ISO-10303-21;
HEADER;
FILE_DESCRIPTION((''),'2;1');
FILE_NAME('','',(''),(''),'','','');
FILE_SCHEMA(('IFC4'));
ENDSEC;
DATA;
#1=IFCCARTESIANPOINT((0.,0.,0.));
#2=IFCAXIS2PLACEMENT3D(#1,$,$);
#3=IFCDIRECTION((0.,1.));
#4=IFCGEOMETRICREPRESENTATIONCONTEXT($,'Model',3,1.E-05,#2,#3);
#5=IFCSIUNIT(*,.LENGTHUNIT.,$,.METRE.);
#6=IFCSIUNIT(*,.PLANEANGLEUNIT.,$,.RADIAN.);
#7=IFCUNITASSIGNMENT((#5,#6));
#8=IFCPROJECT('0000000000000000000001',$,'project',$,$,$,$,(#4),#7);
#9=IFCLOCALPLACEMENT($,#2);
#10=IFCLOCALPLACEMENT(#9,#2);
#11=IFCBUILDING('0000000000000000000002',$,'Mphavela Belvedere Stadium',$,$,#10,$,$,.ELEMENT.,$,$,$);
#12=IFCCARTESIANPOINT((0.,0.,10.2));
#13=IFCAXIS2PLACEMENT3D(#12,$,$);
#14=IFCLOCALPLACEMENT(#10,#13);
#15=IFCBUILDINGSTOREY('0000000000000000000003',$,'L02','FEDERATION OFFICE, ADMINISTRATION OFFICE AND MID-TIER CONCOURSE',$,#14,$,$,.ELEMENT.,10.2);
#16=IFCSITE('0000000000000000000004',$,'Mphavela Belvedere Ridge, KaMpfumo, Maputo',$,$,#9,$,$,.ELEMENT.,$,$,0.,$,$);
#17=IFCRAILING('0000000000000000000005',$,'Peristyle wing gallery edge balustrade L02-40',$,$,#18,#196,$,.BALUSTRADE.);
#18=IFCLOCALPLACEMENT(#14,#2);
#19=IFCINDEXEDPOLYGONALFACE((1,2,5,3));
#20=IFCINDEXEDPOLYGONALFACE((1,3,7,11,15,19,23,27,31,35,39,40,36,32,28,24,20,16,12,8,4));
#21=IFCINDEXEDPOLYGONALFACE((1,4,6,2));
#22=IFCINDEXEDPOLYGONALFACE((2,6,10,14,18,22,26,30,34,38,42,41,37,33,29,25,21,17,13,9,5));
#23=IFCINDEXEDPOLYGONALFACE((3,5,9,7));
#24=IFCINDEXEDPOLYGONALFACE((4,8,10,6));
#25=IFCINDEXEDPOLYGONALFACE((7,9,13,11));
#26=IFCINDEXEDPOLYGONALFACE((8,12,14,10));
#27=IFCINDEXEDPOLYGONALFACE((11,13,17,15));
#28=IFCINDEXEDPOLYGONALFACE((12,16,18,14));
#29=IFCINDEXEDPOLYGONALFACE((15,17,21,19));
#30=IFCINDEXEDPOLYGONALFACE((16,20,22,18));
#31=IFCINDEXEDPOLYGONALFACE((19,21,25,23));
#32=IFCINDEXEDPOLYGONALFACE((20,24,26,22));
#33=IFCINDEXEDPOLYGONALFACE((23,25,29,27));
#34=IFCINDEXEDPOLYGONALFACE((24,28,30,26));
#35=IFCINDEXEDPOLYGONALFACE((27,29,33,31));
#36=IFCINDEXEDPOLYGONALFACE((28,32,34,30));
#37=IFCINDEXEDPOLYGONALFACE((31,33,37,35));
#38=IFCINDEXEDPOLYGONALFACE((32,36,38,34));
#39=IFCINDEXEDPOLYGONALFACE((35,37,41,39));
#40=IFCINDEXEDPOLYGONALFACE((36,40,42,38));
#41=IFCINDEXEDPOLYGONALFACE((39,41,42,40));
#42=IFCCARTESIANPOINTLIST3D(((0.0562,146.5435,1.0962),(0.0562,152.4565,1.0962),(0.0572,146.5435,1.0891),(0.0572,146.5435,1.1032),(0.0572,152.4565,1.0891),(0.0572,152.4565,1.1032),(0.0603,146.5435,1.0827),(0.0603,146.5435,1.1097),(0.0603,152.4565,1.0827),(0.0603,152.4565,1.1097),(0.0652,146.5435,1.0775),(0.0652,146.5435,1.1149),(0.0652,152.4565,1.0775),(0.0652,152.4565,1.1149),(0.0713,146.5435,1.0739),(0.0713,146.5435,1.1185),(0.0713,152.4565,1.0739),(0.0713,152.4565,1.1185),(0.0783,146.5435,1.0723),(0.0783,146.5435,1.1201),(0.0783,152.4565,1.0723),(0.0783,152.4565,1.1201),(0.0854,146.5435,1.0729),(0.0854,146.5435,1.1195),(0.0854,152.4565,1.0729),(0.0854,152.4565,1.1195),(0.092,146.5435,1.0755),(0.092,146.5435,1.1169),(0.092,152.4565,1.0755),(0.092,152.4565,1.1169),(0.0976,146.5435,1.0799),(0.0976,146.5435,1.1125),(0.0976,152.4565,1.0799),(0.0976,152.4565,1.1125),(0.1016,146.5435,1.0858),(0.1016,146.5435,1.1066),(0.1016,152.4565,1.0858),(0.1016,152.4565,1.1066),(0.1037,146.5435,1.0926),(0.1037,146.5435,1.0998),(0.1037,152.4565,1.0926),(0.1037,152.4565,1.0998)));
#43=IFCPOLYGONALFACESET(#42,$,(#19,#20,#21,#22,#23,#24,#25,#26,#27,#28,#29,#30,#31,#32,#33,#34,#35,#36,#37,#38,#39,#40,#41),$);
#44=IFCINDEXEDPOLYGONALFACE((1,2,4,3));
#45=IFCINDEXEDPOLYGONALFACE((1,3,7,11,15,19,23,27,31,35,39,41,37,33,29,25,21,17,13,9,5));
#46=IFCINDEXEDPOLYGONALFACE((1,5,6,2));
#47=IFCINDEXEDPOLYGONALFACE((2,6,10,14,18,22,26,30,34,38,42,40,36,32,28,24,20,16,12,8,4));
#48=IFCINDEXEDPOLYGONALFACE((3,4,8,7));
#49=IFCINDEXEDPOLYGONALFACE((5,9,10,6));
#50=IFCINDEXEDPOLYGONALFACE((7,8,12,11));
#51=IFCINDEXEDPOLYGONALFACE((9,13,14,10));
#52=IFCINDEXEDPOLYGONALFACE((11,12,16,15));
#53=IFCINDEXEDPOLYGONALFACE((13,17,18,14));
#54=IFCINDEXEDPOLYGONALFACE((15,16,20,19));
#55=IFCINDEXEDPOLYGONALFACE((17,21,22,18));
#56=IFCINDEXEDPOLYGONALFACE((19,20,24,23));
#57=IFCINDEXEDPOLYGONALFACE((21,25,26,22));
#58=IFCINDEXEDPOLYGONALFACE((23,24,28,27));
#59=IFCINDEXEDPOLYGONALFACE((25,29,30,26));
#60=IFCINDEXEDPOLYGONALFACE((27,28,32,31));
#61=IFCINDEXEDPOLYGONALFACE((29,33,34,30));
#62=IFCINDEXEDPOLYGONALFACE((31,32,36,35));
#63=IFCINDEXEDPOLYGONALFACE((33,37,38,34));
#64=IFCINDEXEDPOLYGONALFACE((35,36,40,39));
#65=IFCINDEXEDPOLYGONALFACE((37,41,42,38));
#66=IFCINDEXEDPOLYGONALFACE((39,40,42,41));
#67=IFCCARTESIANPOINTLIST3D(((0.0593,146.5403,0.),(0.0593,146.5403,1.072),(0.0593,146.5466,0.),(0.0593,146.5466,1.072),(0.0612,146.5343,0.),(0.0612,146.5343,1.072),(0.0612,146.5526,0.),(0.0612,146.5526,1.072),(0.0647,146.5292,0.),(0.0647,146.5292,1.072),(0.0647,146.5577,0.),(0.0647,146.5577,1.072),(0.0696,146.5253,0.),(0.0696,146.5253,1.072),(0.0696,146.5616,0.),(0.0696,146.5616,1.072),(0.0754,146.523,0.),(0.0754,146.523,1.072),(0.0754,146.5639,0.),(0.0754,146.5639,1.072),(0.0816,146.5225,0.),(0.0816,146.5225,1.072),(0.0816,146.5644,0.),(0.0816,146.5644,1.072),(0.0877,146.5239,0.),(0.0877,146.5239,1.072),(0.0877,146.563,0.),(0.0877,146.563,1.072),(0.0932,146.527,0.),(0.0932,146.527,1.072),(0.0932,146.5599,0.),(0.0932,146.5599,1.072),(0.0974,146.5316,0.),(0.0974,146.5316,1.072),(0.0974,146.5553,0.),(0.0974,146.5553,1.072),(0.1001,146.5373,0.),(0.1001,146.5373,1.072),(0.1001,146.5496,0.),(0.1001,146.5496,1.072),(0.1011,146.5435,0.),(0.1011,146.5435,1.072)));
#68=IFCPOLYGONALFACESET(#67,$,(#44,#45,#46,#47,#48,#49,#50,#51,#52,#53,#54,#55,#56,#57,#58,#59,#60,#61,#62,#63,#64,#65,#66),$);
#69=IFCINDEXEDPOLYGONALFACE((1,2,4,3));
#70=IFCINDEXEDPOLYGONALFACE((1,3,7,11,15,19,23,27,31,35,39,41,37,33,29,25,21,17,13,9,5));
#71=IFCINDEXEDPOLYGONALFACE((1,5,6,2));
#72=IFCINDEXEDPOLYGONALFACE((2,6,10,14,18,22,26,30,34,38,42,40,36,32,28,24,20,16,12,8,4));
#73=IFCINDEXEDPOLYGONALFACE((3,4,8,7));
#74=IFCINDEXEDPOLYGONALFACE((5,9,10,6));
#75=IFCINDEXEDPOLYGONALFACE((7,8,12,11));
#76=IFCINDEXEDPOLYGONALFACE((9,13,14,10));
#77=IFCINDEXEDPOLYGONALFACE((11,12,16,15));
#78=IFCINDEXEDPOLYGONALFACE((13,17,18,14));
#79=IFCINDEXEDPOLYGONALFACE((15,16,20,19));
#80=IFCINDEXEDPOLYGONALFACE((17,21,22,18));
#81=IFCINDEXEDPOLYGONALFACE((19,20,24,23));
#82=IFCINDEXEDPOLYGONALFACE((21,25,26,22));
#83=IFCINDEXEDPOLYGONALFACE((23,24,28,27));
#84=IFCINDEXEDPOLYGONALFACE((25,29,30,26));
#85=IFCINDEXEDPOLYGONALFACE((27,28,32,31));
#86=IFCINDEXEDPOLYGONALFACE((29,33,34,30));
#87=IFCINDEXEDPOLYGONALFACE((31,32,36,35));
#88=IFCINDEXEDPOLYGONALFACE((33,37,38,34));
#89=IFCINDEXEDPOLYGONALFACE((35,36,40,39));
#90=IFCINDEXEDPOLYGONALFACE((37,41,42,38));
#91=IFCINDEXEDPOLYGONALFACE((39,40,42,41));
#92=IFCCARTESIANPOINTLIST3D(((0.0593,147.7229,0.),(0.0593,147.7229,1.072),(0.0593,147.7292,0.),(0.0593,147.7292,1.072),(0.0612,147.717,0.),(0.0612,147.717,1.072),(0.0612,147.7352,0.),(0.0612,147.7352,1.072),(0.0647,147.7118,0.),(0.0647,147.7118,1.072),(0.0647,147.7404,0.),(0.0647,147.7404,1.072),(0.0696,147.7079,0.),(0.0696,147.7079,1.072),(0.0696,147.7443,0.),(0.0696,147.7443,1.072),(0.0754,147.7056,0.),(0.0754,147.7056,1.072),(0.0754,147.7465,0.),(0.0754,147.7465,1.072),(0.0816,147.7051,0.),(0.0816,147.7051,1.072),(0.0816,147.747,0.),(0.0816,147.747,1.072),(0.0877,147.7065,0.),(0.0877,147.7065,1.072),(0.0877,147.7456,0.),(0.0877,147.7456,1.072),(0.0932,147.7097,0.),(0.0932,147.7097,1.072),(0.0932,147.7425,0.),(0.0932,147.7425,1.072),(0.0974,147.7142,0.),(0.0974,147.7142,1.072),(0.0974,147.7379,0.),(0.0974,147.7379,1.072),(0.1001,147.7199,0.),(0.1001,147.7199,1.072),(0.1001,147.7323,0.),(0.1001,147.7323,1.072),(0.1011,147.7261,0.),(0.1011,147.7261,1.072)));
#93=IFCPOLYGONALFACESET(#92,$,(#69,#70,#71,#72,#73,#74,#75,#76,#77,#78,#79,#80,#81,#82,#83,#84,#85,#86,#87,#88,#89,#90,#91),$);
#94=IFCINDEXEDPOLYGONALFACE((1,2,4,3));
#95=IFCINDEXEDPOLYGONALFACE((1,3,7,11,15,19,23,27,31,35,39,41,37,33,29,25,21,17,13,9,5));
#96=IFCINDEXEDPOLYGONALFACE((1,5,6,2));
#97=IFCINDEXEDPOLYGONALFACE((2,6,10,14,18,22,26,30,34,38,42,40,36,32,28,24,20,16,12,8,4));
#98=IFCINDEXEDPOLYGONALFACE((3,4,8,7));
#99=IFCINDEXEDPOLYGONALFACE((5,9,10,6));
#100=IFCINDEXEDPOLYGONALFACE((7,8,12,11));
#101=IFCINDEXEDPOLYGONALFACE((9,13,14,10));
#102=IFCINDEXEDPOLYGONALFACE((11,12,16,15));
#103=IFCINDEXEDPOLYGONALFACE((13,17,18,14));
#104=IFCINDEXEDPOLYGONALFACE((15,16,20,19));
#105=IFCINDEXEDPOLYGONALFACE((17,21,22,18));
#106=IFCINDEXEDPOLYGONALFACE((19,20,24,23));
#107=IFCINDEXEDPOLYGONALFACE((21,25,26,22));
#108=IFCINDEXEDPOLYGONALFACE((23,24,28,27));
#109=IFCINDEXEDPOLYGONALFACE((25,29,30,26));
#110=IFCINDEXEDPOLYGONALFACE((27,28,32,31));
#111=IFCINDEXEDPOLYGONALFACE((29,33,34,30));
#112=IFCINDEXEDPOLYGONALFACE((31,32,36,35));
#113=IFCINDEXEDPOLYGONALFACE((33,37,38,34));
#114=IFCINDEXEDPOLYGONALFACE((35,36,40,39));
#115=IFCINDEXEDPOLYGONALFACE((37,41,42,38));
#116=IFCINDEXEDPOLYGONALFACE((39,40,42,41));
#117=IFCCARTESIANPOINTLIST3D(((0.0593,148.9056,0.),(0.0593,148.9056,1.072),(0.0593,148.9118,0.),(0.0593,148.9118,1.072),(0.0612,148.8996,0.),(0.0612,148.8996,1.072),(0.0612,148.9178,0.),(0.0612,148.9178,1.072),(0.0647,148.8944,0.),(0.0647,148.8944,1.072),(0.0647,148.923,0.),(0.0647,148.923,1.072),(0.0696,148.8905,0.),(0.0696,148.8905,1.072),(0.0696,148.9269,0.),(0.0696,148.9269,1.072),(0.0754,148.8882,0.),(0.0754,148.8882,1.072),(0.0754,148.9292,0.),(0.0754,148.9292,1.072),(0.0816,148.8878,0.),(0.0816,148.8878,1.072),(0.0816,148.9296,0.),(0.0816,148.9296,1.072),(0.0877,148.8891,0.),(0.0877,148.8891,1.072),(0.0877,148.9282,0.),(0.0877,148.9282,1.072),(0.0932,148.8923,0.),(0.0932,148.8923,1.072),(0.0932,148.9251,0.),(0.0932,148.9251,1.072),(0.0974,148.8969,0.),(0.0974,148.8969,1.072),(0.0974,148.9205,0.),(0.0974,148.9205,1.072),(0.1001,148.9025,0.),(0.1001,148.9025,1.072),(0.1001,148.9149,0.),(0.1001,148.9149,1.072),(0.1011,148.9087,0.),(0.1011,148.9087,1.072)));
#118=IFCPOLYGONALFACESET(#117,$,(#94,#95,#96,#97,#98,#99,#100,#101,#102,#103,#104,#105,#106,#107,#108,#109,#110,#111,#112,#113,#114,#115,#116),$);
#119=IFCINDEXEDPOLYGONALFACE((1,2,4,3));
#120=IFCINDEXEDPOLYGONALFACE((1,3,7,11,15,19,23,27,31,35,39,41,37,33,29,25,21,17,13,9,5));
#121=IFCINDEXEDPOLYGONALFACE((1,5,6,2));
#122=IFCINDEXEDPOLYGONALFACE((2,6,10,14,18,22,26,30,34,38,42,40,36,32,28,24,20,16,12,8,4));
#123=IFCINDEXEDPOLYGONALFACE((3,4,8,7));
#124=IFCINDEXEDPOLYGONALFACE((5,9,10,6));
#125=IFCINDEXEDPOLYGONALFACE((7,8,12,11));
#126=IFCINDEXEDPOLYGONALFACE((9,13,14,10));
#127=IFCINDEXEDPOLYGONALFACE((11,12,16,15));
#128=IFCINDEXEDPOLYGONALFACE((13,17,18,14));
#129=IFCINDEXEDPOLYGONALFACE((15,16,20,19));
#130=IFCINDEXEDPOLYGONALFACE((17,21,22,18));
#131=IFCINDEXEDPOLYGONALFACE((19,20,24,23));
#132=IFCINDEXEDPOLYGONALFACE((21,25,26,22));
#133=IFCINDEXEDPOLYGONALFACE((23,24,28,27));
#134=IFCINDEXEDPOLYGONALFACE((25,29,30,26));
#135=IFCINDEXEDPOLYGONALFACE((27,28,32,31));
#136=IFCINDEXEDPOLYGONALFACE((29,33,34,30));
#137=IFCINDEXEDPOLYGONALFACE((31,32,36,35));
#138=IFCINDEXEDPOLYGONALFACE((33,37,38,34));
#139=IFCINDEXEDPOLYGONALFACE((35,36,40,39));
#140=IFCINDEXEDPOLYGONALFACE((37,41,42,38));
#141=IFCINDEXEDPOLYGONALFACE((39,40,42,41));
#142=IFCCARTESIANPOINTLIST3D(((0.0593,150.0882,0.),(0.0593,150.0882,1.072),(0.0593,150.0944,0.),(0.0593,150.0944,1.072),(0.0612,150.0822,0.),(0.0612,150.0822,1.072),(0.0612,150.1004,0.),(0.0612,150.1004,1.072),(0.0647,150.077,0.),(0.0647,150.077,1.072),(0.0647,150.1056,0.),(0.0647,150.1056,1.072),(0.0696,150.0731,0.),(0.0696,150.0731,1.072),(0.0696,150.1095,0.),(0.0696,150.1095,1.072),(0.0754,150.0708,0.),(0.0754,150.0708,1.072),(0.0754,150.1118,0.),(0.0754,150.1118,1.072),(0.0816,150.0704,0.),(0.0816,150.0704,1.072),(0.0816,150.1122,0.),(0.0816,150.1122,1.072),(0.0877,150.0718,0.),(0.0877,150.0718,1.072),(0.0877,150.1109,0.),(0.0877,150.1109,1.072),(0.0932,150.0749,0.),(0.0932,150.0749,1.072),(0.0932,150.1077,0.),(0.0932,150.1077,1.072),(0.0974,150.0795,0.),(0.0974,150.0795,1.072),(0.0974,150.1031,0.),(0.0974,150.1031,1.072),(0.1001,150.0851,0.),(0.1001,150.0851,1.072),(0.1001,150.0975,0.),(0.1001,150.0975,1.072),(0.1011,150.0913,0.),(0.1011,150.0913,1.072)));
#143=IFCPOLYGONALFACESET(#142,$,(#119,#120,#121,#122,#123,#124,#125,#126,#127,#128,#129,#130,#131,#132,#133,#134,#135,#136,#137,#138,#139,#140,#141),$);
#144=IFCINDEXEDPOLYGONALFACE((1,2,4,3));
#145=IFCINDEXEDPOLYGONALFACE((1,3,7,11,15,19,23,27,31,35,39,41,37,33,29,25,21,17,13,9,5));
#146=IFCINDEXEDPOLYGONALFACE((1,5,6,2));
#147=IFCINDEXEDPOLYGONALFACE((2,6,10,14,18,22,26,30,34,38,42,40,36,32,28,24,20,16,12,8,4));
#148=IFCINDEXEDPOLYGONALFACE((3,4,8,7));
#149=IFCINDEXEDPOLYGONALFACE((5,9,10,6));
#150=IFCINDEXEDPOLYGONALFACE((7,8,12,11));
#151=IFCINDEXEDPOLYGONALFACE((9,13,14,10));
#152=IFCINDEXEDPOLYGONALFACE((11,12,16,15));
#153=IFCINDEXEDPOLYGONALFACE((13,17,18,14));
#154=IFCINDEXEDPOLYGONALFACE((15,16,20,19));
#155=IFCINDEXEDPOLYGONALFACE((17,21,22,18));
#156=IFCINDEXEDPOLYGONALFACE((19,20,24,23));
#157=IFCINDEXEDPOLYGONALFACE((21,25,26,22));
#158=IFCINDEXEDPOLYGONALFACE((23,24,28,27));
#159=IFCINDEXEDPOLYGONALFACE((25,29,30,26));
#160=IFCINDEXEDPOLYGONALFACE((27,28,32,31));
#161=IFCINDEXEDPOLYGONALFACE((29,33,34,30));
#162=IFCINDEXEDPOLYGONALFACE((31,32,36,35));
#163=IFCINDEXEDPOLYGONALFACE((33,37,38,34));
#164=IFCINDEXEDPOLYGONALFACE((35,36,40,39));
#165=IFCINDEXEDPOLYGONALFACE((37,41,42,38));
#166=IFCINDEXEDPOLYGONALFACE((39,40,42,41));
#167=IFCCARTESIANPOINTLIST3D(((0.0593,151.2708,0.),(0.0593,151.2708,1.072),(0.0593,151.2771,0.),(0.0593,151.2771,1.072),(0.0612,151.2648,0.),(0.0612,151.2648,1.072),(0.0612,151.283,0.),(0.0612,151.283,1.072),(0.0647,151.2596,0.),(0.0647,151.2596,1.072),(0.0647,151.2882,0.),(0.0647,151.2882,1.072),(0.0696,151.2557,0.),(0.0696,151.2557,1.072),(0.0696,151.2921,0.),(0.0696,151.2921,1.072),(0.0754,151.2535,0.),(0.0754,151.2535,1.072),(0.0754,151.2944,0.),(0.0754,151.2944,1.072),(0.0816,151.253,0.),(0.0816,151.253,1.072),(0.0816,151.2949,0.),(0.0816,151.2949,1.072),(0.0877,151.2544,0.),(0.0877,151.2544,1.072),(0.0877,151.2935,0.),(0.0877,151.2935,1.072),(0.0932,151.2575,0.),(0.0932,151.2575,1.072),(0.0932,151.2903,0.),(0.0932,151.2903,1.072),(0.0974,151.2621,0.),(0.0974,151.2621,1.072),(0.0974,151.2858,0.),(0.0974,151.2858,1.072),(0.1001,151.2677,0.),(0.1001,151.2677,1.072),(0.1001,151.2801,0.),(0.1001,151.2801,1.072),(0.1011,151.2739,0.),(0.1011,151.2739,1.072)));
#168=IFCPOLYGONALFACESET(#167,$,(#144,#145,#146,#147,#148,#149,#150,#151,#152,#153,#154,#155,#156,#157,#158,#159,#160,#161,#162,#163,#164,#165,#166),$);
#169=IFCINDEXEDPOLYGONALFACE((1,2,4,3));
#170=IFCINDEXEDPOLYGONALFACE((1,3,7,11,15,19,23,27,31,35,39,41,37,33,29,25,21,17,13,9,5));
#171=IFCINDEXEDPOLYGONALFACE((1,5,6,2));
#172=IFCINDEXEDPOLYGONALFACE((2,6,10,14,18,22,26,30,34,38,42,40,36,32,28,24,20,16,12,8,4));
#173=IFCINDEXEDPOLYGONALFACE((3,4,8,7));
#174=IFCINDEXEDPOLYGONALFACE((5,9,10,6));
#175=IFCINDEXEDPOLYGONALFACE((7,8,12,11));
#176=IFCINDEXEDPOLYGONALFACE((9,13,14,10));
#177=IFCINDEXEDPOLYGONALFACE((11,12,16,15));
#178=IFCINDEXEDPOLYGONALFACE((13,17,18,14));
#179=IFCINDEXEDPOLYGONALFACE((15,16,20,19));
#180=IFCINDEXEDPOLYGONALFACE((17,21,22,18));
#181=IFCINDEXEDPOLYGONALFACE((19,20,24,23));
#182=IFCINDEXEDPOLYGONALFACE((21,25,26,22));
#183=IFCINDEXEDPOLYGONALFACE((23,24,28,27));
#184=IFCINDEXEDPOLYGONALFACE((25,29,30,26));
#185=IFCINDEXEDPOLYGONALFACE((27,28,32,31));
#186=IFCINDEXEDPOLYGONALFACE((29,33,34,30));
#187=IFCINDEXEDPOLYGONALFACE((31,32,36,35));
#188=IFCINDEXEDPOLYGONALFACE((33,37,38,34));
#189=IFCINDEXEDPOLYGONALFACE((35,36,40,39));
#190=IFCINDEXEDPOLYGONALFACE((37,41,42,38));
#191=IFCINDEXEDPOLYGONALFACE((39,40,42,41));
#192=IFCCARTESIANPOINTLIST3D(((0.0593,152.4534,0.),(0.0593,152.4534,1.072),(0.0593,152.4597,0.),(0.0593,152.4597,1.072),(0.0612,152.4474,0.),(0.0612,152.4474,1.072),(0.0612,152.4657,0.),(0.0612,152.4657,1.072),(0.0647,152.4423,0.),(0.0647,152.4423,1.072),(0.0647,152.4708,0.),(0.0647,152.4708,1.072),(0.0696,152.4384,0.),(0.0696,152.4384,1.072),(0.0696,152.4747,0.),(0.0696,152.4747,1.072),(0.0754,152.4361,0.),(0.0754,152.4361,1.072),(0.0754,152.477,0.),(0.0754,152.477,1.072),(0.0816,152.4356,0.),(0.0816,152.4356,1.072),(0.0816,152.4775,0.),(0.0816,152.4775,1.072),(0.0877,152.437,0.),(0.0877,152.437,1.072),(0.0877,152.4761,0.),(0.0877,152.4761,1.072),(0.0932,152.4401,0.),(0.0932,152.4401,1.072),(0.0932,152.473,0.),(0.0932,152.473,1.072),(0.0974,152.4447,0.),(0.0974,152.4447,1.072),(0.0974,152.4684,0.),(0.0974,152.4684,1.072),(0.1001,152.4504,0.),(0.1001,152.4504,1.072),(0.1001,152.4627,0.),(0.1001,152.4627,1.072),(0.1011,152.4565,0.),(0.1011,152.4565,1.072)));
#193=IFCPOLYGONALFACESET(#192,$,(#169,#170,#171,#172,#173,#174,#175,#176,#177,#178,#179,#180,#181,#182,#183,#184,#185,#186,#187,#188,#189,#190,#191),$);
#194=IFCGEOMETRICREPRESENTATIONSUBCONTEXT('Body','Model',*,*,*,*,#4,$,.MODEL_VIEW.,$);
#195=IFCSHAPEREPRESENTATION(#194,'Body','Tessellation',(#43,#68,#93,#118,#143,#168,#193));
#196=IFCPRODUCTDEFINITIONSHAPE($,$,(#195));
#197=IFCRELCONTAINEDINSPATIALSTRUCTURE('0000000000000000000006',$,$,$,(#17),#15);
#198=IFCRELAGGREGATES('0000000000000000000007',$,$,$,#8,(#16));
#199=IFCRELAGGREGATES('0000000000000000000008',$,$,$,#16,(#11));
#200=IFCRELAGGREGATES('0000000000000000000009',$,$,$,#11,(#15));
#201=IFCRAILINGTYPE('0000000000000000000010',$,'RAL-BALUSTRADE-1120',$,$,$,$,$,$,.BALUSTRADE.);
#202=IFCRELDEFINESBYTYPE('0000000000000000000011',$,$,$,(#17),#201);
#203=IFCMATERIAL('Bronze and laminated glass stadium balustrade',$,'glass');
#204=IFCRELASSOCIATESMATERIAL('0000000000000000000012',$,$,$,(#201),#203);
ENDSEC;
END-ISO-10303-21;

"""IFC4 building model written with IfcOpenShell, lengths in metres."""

from ifc_helpers import new_model, si_unit, direction, frame, origin, origin_2d, place, context, subcontext, project, spatial, circle, extrude, material, type_object, element, save


model = new_model("IFC4")

# Units and contexts
model_context = context("Model", 3, precision=1e-05, world=origin(), true_north=direction((0.0, 1.0)))
body_context = subcontext(model_context, "Body", "Model", "MODEL_VIEW")
ifc_project = project(units=[si_unit("LENGTHUNIT", "METRE"), si_unit("PLANEANGLEUNIT", "RADIAN")], contexts=[model_context])

# Site, building, storey
site_placement = place(None, origin())
site = spatial("IfcSite", under=ifc_project, at=site_placement, Name="Mphavela Belvedere Ridge, KaMpfumo, Maputo", CompositionType="ELEMENT", RefElevation=0.0)
building_placement = place(site_placement, origin())
building = spatial("IfcBuilding", under=site, at=building_placement, Name="Mphavela Belvedere Stadium", CompositionType="ELEMENT")
storey_placement = place(building_placement, frame((0.0, 0.0, 10.2)))
storey = spatial("IfcBuildingStorey", under=building, at=storey_placement, Name="L02", Description="FEDERATION OFFICE, ADMINISTRATION OFFICE AND MID-TIER CONCOURSE", CompositionType="ELEMENT", Elevation=10.2)

# Railing
ifc_material_1 = material(Name="Bronze and laminated glass stadium balustrade", Category="glass")
railing_type = type_object("IfcRailingType", Name="RAL-BALUSTRADE-1120", PredefinedType="BALUSTRADE", material=ifc_material_1)
for number, where, name in (
    (1, (0.0801, 146.5435, 0.0), "Peristyle wing gallery edge balustrade L02-40"),
):
    element("IfcRailing", number, at=place(storey_placement, frame(where)), inside=storey, type_object=railing_type, Name=name, PredefinedType="BALUSTRADE", context=body_context, shape_type="SweptSolid", body=[
        extrude(circle(Radius=0.0239, at=origin_2d()), frame((0.0, 0.0, 1.0962), z_axis=(0.0, 1.0, 0.0), x_axis=(-1.0, 0.0, 0.0)), (0.0, 0.0, 1.0), 5.9131),
        extrude(circle(Radius=0.021, at=origin_2d()), origin(), (0.0, 0.0, 1.0), 1.072),
        extrude(circle(Radius=0.021, at=origin_2d()), frame((0.0, 1.1826, 0.0)), (0.0, 0.0, 1.0), 1.072),
        extrude(circle(Radius=0.021, at=origin_2d()), frame((0.0, 2.3652, 0.0)), (0.0, 0.0, 1.0), 1.072),
        extrude(circle(Radius=0.021, at=origin_2d()), frame((0.0, 3.5479, 0.0)), (0.0, 0.0, 1.0), 1.072),
        extrude(circle(Radius=0.021, at=origin_2d()), frame((0.0, 4.7305, 0.0)), (0.0, 0.0, 1.0), 1.072),
        extrude(circle(Radius=0.021, at=origin_2d()), frame((0.0, 5.9131, 0.0)), (0.0, 0.0, 1.0), 1.072),
    ])

save(model, "model.ifc")
